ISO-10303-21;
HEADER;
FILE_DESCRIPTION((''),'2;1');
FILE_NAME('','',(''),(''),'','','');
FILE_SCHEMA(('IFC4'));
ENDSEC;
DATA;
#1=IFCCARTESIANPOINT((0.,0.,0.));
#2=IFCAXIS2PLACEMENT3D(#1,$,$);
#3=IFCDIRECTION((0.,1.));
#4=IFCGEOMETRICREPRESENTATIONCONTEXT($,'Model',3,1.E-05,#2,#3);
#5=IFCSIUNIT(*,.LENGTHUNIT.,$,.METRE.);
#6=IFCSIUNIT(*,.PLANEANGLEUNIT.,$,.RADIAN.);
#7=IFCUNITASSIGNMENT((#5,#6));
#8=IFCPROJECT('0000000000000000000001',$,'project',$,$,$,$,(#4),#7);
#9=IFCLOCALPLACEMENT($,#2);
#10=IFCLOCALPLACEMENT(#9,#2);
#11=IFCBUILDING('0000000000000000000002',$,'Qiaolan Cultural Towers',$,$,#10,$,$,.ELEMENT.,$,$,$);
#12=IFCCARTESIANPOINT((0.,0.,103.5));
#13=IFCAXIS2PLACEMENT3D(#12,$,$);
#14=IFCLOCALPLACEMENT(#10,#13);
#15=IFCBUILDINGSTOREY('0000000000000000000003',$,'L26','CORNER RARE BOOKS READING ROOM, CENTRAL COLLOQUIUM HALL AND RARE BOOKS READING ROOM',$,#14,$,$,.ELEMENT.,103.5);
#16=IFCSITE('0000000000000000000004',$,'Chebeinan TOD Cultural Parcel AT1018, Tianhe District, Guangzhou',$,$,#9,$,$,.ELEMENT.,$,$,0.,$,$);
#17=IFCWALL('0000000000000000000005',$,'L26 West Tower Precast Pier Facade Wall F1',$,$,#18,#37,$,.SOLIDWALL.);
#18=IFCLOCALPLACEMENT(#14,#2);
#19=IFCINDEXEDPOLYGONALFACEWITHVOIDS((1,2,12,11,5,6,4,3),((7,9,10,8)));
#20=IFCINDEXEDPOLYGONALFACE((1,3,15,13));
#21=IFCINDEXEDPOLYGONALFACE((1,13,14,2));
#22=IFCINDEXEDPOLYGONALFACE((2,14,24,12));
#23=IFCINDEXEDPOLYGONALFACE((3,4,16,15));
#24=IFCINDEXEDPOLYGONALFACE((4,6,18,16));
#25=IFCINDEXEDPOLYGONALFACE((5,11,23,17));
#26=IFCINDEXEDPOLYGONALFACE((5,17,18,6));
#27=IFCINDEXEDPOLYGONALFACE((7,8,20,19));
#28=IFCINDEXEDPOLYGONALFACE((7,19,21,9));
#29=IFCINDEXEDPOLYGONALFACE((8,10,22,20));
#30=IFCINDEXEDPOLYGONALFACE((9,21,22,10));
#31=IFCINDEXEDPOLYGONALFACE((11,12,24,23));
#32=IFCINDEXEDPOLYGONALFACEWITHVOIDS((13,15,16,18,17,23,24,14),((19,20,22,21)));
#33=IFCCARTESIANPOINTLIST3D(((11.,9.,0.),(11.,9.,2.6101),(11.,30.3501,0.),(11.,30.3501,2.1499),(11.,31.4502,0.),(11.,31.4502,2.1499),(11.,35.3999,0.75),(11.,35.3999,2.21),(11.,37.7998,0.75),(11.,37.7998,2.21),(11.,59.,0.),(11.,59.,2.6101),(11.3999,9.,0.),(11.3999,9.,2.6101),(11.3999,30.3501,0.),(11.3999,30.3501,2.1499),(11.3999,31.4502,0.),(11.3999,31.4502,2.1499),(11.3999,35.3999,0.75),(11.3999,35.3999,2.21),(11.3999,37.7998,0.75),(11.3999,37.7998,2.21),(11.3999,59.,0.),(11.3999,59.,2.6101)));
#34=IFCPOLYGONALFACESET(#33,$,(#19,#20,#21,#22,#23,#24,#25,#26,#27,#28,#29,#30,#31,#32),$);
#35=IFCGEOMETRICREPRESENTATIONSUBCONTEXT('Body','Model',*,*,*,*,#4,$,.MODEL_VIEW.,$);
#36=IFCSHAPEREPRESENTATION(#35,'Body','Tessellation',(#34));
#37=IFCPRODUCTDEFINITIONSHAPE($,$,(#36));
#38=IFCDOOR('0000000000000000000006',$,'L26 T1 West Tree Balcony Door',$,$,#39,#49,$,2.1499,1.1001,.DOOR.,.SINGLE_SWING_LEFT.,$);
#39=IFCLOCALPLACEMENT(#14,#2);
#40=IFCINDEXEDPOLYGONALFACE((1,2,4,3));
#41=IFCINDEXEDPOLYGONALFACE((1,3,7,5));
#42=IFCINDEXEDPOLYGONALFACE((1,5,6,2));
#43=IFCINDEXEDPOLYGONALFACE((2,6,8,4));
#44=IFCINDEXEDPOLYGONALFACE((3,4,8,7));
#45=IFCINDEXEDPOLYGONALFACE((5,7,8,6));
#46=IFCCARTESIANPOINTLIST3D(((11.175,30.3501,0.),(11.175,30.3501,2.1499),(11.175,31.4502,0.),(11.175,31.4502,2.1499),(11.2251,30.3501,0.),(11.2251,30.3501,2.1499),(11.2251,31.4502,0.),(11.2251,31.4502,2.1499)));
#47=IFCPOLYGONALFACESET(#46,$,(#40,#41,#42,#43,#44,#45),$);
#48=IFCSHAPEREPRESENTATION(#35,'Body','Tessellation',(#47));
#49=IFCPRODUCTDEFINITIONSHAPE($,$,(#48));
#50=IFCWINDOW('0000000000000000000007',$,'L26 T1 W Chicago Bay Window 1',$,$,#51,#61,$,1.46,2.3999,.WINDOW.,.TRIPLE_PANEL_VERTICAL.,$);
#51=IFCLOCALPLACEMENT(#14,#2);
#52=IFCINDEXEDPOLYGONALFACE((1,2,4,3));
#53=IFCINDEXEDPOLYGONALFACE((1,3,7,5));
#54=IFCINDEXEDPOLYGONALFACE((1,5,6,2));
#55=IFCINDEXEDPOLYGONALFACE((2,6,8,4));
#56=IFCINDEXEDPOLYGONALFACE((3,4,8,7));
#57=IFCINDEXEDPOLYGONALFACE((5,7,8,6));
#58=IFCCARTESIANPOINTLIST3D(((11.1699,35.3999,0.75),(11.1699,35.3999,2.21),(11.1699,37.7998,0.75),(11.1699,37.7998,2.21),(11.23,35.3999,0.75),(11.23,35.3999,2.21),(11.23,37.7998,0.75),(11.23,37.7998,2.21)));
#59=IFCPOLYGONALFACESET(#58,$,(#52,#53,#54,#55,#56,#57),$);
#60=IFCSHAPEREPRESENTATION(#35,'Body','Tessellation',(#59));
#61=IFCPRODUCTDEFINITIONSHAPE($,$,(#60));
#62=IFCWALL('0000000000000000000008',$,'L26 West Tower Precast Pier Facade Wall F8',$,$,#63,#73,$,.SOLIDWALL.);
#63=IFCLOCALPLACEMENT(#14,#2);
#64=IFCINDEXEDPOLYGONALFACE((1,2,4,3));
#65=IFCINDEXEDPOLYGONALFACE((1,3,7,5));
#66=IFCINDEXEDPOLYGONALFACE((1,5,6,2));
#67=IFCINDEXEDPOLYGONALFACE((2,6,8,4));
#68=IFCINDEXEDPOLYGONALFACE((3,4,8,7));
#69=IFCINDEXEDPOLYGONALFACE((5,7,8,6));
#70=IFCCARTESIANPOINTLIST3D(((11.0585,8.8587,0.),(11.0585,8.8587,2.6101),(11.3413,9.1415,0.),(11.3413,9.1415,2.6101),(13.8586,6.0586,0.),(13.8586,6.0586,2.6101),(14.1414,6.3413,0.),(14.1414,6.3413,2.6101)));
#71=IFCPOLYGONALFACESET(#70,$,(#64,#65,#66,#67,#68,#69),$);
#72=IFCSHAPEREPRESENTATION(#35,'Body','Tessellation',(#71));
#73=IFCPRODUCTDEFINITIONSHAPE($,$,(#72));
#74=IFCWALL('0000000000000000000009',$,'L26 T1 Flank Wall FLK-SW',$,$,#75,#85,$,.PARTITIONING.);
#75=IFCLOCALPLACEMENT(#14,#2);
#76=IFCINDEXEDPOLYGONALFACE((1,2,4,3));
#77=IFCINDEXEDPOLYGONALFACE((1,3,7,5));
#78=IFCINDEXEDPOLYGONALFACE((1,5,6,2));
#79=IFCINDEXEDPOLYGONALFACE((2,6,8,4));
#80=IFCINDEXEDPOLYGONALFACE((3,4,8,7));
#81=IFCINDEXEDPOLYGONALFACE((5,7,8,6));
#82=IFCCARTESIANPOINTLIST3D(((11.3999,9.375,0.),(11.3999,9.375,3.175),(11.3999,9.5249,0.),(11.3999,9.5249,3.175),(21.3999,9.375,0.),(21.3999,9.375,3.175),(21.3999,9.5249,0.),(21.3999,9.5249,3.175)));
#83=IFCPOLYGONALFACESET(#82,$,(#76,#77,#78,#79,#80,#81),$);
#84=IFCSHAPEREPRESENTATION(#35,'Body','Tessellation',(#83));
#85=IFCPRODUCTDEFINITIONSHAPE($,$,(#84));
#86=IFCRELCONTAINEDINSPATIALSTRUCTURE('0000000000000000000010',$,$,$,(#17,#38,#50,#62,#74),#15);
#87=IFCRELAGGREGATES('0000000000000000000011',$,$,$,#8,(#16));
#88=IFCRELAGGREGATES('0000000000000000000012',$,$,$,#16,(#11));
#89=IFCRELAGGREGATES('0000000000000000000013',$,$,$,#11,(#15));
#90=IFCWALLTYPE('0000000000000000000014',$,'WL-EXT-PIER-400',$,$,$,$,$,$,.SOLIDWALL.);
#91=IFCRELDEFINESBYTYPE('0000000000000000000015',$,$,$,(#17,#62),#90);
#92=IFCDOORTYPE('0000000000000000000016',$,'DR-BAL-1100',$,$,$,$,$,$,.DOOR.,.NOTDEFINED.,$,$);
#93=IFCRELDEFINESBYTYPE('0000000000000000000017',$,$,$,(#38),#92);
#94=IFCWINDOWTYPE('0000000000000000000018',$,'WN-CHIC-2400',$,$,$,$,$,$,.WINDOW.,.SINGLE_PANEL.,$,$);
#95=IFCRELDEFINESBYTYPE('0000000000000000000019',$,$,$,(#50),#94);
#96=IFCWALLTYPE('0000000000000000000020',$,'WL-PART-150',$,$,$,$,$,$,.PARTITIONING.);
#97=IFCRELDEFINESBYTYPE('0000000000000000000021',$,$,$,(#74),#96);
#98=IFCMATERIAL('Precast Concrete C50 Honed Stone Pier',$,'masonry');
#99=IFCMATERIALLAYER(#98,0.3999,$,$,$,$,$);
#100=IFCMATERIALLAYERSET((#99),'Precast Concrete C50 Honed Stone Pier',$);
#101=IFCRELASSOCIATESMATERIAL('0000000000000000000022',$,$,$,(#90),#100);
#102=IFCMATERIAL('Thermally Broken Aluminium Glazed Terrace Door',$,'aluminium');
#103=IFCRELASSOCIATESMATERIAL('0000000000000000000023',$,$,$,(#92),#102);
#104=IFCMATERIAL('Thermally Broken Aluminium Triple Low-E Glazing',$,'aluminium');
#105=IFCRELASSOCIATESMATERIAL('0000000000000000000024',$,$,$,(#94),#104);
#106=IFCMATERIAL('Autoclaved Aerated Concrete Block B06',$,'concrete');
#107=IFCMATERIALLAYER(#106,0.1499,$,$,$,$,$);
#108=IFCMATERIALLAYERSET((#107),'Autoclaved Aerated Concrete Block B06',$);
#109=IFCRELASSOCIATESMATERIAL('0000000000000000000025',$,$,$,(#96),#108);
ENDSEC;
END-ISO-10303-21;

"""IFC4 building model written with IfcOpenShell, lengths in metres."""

from ifc_helpers import new_model, si_unit, direction, frame, frame_2d, origin, place, context, subcontext, project, spatial, rectangle, extrude, material, layer, layer_set, type_object, element, fill, save


model = new_model("IFC4")

# Units and contexts
model_context = context("Model", 3, precision=1e-05, world=origin(), true_north=direction((0.0, 1.0)))
body_context = subcontext(model_context, "Body", "Model", "MODEL_VIEW")
ifc_project = project(units=[si_unit("LENGTHUNIT", "METRE"), si_unit("PLANEANGLEUNIT", "RADIAN")], contexts=[model_context])

# Site, building, storey
site_placement = place(None, origin())
site = spatial("IfcSite", under=ifc_project, at=site_placement, Name="Chebeinan TOD Cultural Parcel AT1018, Tianhe District, Guangzhou", CompositionType="ELEMENT", RefElevation=0.0)
building_placement = place(site_placement, origin())
building = spatial("IfcBuilding", under=site, at=building_placement, Name="Qiaolan Cultural Towers", CompositionType="ELEMENT")
storey_placement = place(building_placement, frame((0.0, 0.0, 103.5)))
storey = spatial("IfcBuildingStorey", under=building, at=storey_placement, Name="L26", Description="CORNER RARE BOOKS READING ROOM, CENTRAL COLLOQUIUM HALL AND RARE BOOKS READING ROOM", CompositionType="ELEMENT", Elevation=103.5)

# Wall, openings, door, window
ifc_material_1 = material(Name="Precast Concrete C50 Honed Stone Pier", Category="masonry")
ifc_layer_1 = layer(ifc_material_1, 0.3999)
ifc_layer_set_1 = layer_set([ifc_layer_1], Name="Precast Concrete C50 Honed Stone Pier")
wall_type_1 = type_object("IfcWallType", Name="WL-EXT-PIER-400", PredefinedType="SOLIDWALL", material=ifc_layer_set_1)
wall_1_placement = place(storey_placement, frame((11.2, 9.0, 0.0), z_axis=(0.0, 0.0, 1.0), x_axis=(0.0, 1.0, 0.0)))
wall_1 = element("IfcWall", 1, at=wall_1_placement, inside=storey, type_object=wall_type_1, Name="L26 West Tower Precast Pier Facade Wall F1", PredefinedType="SOLIDWALL", context=body_context, shape_type="SweptSolid", body=[
    extrude(rectangle(XDim=50.0, YDim=0.3999, at=frame_2d((25.0, 0.0))), origin(), (0.0, 0.0, 1.0), 2.6101),
])
opening_1_placement = place(wall_1_placement, frame((26.3999, 0.0, 0.75)))
opening_1 = element("IfcOpeningElement", 2, at=opening_1_placement, cuts=wall_1, PredefinedType="OPENING", context=body_context, shape_type="SweptSolid", body=[
    extrude(rectangle(XDim=2.3999, YDim=1.46, at=frame_2d((1.2, 0.73))), frame((0.0, 0.21, 0.0), z_axis=(0.0, -1.0, 0.0), x_axis=(1.0, 0.0, 0.0)), (0.0, 0.0, 1.0), 0.4199),
])
opening_2_placement = place(wall_1_placement, frame((21.3501, 0.0, 0.0)))
opening_2 = element("IfcOpeningElement", 3, at=opening_2_placement, cuts=wall_1, PredefinedType="OPENING", context=body_context, shape_type="SweptSolid", body=[
    extrude(rectangle(XDim=1.1001, YDim=2.1499, at=frame_2d((0.55, 1.075))), frame((0.0, 0.21, 0.0), z_axis=(0.0, -1.0, 0.0), x_axis=(1.0, 0.0, 0.0)), (0.0, 0.0, 1.0), 0.4199),
])
ifc_material_2 = material(Name="Thermally Broken Aluminium Glazed Terrace Door", Category="aluminium")
door_type = type_object("IfcDoorType", Name="DR-BAL-1100", OperationType="NOTDEFINED", PredefinedType="DOOR", material=ifc_material_2)
door_placement = place(opening_2_placement, origin())
door = element("IfcDoor", 4, at=door_placement, inside=storey, type_object=door_type, Name="L26 T1 West Tree Balcony Door", OperationType="SINGLE_SWING_LEFT", OverallHeight=2.1499, OverallWidth=1.1001, PredefinedType="DOOR", context=body_context, shape_type="SweptSolid", body=[
    extrude(rectangle(XDim=1.1001, YDim=2.1499, at=frame_2d((0.55, 1.075))), frame((0.0, 0.0249, 0.0), z_axis=(0.0, -1.0, 0.0), x_axis=(1.0, 0.0, 0.0)), (0.0, 0.0, 1.0), 0.05),
])
fill(opening_2, door)
ifc_material_3 = material(Name="Thermally Broken Aluminium Triple Low-E Glazing", Category="aluminium")
window_type = type_object("IfcWindowType", Name="WN-CHIC-2400", PartitioningType="SINGLE_PANEL", PredefinedType="WINDOW", material=ifc_material_3)
window_placement = place(opening_1_placement, origin())
window = element("IfcWindow", 5, at=window_placement, inside=storey, type_object=window_type, Name="L26 T1 W Chicago Bay Window 1", OverallHeight=1.46, OverallWidth=2.3999, PartitioningType="TRIPLE_PANEL_VERTICAL", PredefinedType="WINDOW", context=body_context, shape_type="SweptSolid", body=[
    extrude(rectangle(XDim=2.3999, YDim=1.46, at=frame_2d((1.2, 0.73))), frame((0.0, 0.03, 0.0), z_axis=(0.0, -1.0, 0.0), x_axis=(1.0, 0.0, 0.0)), (0.0, 0.0, 1.0), 0.0601),
])
fill(opening_1, window)

# Walls
wall_2_placement = place(storey_placement, frame((14.0, 6.2, 0.0), z_axis=(0.0, 0.0, 1.0), x_axis=(-0.707107, 0.707107, 0.0)))
element("IfcWall", 6, at=wall_2_placement, inside=storey, type_object=wall_type_1, Name="L26 West Tower Precast Pier Facade Wall F8", PredefinedType="SOLIDWALL", context=body_context, shape_type="SweptSolid", body=[
    extrude(rectangle(XDim=3.96, YDim=0.3999, at=frame_2d((1.98, 0.0))), origin(), (0.0, 0.0, 1.0), 2.6101),
])
ifc_material_4 = material(Name="Autoclaved Aerated Concrete Block B06", Category="concrete")
ifc_layer_2 = layer(ifc_material_4, 0.1499)
ifc_layer_set_2 = layer_set([ifc_layer_2], Name="Autoclaved Aerated Concrete Block B06")
wall_type_2 = type_object("IfcWallType", Name="WL-PART-150", PredefinedType="PARTITIONING", material=ifc_layer_set_2)
wall_3_placement = place(storey_placement, frame((11.3999, 9.45, 0.0), z_axis=(0.0, 0.0, 1.0), x_axis=(1.0, 0.0, 0.0)))
element("IfcWall", 7, at=wall_3_placement, inside=storey, type_object=wall_type_2, Name="L26 T1 Flank Wall FLK-SW", PredefinedType="PARTITIONING", context=body_context, shape_type="SweptSolid", body=[
    extrude(rectangle(XDim=10.0, YDim=0.1499, at=frame_2d((5.0, 0.0))), origin(), (0.0, 0.0, 1.0), 3.175),
])

save(model, "model.ifc")
